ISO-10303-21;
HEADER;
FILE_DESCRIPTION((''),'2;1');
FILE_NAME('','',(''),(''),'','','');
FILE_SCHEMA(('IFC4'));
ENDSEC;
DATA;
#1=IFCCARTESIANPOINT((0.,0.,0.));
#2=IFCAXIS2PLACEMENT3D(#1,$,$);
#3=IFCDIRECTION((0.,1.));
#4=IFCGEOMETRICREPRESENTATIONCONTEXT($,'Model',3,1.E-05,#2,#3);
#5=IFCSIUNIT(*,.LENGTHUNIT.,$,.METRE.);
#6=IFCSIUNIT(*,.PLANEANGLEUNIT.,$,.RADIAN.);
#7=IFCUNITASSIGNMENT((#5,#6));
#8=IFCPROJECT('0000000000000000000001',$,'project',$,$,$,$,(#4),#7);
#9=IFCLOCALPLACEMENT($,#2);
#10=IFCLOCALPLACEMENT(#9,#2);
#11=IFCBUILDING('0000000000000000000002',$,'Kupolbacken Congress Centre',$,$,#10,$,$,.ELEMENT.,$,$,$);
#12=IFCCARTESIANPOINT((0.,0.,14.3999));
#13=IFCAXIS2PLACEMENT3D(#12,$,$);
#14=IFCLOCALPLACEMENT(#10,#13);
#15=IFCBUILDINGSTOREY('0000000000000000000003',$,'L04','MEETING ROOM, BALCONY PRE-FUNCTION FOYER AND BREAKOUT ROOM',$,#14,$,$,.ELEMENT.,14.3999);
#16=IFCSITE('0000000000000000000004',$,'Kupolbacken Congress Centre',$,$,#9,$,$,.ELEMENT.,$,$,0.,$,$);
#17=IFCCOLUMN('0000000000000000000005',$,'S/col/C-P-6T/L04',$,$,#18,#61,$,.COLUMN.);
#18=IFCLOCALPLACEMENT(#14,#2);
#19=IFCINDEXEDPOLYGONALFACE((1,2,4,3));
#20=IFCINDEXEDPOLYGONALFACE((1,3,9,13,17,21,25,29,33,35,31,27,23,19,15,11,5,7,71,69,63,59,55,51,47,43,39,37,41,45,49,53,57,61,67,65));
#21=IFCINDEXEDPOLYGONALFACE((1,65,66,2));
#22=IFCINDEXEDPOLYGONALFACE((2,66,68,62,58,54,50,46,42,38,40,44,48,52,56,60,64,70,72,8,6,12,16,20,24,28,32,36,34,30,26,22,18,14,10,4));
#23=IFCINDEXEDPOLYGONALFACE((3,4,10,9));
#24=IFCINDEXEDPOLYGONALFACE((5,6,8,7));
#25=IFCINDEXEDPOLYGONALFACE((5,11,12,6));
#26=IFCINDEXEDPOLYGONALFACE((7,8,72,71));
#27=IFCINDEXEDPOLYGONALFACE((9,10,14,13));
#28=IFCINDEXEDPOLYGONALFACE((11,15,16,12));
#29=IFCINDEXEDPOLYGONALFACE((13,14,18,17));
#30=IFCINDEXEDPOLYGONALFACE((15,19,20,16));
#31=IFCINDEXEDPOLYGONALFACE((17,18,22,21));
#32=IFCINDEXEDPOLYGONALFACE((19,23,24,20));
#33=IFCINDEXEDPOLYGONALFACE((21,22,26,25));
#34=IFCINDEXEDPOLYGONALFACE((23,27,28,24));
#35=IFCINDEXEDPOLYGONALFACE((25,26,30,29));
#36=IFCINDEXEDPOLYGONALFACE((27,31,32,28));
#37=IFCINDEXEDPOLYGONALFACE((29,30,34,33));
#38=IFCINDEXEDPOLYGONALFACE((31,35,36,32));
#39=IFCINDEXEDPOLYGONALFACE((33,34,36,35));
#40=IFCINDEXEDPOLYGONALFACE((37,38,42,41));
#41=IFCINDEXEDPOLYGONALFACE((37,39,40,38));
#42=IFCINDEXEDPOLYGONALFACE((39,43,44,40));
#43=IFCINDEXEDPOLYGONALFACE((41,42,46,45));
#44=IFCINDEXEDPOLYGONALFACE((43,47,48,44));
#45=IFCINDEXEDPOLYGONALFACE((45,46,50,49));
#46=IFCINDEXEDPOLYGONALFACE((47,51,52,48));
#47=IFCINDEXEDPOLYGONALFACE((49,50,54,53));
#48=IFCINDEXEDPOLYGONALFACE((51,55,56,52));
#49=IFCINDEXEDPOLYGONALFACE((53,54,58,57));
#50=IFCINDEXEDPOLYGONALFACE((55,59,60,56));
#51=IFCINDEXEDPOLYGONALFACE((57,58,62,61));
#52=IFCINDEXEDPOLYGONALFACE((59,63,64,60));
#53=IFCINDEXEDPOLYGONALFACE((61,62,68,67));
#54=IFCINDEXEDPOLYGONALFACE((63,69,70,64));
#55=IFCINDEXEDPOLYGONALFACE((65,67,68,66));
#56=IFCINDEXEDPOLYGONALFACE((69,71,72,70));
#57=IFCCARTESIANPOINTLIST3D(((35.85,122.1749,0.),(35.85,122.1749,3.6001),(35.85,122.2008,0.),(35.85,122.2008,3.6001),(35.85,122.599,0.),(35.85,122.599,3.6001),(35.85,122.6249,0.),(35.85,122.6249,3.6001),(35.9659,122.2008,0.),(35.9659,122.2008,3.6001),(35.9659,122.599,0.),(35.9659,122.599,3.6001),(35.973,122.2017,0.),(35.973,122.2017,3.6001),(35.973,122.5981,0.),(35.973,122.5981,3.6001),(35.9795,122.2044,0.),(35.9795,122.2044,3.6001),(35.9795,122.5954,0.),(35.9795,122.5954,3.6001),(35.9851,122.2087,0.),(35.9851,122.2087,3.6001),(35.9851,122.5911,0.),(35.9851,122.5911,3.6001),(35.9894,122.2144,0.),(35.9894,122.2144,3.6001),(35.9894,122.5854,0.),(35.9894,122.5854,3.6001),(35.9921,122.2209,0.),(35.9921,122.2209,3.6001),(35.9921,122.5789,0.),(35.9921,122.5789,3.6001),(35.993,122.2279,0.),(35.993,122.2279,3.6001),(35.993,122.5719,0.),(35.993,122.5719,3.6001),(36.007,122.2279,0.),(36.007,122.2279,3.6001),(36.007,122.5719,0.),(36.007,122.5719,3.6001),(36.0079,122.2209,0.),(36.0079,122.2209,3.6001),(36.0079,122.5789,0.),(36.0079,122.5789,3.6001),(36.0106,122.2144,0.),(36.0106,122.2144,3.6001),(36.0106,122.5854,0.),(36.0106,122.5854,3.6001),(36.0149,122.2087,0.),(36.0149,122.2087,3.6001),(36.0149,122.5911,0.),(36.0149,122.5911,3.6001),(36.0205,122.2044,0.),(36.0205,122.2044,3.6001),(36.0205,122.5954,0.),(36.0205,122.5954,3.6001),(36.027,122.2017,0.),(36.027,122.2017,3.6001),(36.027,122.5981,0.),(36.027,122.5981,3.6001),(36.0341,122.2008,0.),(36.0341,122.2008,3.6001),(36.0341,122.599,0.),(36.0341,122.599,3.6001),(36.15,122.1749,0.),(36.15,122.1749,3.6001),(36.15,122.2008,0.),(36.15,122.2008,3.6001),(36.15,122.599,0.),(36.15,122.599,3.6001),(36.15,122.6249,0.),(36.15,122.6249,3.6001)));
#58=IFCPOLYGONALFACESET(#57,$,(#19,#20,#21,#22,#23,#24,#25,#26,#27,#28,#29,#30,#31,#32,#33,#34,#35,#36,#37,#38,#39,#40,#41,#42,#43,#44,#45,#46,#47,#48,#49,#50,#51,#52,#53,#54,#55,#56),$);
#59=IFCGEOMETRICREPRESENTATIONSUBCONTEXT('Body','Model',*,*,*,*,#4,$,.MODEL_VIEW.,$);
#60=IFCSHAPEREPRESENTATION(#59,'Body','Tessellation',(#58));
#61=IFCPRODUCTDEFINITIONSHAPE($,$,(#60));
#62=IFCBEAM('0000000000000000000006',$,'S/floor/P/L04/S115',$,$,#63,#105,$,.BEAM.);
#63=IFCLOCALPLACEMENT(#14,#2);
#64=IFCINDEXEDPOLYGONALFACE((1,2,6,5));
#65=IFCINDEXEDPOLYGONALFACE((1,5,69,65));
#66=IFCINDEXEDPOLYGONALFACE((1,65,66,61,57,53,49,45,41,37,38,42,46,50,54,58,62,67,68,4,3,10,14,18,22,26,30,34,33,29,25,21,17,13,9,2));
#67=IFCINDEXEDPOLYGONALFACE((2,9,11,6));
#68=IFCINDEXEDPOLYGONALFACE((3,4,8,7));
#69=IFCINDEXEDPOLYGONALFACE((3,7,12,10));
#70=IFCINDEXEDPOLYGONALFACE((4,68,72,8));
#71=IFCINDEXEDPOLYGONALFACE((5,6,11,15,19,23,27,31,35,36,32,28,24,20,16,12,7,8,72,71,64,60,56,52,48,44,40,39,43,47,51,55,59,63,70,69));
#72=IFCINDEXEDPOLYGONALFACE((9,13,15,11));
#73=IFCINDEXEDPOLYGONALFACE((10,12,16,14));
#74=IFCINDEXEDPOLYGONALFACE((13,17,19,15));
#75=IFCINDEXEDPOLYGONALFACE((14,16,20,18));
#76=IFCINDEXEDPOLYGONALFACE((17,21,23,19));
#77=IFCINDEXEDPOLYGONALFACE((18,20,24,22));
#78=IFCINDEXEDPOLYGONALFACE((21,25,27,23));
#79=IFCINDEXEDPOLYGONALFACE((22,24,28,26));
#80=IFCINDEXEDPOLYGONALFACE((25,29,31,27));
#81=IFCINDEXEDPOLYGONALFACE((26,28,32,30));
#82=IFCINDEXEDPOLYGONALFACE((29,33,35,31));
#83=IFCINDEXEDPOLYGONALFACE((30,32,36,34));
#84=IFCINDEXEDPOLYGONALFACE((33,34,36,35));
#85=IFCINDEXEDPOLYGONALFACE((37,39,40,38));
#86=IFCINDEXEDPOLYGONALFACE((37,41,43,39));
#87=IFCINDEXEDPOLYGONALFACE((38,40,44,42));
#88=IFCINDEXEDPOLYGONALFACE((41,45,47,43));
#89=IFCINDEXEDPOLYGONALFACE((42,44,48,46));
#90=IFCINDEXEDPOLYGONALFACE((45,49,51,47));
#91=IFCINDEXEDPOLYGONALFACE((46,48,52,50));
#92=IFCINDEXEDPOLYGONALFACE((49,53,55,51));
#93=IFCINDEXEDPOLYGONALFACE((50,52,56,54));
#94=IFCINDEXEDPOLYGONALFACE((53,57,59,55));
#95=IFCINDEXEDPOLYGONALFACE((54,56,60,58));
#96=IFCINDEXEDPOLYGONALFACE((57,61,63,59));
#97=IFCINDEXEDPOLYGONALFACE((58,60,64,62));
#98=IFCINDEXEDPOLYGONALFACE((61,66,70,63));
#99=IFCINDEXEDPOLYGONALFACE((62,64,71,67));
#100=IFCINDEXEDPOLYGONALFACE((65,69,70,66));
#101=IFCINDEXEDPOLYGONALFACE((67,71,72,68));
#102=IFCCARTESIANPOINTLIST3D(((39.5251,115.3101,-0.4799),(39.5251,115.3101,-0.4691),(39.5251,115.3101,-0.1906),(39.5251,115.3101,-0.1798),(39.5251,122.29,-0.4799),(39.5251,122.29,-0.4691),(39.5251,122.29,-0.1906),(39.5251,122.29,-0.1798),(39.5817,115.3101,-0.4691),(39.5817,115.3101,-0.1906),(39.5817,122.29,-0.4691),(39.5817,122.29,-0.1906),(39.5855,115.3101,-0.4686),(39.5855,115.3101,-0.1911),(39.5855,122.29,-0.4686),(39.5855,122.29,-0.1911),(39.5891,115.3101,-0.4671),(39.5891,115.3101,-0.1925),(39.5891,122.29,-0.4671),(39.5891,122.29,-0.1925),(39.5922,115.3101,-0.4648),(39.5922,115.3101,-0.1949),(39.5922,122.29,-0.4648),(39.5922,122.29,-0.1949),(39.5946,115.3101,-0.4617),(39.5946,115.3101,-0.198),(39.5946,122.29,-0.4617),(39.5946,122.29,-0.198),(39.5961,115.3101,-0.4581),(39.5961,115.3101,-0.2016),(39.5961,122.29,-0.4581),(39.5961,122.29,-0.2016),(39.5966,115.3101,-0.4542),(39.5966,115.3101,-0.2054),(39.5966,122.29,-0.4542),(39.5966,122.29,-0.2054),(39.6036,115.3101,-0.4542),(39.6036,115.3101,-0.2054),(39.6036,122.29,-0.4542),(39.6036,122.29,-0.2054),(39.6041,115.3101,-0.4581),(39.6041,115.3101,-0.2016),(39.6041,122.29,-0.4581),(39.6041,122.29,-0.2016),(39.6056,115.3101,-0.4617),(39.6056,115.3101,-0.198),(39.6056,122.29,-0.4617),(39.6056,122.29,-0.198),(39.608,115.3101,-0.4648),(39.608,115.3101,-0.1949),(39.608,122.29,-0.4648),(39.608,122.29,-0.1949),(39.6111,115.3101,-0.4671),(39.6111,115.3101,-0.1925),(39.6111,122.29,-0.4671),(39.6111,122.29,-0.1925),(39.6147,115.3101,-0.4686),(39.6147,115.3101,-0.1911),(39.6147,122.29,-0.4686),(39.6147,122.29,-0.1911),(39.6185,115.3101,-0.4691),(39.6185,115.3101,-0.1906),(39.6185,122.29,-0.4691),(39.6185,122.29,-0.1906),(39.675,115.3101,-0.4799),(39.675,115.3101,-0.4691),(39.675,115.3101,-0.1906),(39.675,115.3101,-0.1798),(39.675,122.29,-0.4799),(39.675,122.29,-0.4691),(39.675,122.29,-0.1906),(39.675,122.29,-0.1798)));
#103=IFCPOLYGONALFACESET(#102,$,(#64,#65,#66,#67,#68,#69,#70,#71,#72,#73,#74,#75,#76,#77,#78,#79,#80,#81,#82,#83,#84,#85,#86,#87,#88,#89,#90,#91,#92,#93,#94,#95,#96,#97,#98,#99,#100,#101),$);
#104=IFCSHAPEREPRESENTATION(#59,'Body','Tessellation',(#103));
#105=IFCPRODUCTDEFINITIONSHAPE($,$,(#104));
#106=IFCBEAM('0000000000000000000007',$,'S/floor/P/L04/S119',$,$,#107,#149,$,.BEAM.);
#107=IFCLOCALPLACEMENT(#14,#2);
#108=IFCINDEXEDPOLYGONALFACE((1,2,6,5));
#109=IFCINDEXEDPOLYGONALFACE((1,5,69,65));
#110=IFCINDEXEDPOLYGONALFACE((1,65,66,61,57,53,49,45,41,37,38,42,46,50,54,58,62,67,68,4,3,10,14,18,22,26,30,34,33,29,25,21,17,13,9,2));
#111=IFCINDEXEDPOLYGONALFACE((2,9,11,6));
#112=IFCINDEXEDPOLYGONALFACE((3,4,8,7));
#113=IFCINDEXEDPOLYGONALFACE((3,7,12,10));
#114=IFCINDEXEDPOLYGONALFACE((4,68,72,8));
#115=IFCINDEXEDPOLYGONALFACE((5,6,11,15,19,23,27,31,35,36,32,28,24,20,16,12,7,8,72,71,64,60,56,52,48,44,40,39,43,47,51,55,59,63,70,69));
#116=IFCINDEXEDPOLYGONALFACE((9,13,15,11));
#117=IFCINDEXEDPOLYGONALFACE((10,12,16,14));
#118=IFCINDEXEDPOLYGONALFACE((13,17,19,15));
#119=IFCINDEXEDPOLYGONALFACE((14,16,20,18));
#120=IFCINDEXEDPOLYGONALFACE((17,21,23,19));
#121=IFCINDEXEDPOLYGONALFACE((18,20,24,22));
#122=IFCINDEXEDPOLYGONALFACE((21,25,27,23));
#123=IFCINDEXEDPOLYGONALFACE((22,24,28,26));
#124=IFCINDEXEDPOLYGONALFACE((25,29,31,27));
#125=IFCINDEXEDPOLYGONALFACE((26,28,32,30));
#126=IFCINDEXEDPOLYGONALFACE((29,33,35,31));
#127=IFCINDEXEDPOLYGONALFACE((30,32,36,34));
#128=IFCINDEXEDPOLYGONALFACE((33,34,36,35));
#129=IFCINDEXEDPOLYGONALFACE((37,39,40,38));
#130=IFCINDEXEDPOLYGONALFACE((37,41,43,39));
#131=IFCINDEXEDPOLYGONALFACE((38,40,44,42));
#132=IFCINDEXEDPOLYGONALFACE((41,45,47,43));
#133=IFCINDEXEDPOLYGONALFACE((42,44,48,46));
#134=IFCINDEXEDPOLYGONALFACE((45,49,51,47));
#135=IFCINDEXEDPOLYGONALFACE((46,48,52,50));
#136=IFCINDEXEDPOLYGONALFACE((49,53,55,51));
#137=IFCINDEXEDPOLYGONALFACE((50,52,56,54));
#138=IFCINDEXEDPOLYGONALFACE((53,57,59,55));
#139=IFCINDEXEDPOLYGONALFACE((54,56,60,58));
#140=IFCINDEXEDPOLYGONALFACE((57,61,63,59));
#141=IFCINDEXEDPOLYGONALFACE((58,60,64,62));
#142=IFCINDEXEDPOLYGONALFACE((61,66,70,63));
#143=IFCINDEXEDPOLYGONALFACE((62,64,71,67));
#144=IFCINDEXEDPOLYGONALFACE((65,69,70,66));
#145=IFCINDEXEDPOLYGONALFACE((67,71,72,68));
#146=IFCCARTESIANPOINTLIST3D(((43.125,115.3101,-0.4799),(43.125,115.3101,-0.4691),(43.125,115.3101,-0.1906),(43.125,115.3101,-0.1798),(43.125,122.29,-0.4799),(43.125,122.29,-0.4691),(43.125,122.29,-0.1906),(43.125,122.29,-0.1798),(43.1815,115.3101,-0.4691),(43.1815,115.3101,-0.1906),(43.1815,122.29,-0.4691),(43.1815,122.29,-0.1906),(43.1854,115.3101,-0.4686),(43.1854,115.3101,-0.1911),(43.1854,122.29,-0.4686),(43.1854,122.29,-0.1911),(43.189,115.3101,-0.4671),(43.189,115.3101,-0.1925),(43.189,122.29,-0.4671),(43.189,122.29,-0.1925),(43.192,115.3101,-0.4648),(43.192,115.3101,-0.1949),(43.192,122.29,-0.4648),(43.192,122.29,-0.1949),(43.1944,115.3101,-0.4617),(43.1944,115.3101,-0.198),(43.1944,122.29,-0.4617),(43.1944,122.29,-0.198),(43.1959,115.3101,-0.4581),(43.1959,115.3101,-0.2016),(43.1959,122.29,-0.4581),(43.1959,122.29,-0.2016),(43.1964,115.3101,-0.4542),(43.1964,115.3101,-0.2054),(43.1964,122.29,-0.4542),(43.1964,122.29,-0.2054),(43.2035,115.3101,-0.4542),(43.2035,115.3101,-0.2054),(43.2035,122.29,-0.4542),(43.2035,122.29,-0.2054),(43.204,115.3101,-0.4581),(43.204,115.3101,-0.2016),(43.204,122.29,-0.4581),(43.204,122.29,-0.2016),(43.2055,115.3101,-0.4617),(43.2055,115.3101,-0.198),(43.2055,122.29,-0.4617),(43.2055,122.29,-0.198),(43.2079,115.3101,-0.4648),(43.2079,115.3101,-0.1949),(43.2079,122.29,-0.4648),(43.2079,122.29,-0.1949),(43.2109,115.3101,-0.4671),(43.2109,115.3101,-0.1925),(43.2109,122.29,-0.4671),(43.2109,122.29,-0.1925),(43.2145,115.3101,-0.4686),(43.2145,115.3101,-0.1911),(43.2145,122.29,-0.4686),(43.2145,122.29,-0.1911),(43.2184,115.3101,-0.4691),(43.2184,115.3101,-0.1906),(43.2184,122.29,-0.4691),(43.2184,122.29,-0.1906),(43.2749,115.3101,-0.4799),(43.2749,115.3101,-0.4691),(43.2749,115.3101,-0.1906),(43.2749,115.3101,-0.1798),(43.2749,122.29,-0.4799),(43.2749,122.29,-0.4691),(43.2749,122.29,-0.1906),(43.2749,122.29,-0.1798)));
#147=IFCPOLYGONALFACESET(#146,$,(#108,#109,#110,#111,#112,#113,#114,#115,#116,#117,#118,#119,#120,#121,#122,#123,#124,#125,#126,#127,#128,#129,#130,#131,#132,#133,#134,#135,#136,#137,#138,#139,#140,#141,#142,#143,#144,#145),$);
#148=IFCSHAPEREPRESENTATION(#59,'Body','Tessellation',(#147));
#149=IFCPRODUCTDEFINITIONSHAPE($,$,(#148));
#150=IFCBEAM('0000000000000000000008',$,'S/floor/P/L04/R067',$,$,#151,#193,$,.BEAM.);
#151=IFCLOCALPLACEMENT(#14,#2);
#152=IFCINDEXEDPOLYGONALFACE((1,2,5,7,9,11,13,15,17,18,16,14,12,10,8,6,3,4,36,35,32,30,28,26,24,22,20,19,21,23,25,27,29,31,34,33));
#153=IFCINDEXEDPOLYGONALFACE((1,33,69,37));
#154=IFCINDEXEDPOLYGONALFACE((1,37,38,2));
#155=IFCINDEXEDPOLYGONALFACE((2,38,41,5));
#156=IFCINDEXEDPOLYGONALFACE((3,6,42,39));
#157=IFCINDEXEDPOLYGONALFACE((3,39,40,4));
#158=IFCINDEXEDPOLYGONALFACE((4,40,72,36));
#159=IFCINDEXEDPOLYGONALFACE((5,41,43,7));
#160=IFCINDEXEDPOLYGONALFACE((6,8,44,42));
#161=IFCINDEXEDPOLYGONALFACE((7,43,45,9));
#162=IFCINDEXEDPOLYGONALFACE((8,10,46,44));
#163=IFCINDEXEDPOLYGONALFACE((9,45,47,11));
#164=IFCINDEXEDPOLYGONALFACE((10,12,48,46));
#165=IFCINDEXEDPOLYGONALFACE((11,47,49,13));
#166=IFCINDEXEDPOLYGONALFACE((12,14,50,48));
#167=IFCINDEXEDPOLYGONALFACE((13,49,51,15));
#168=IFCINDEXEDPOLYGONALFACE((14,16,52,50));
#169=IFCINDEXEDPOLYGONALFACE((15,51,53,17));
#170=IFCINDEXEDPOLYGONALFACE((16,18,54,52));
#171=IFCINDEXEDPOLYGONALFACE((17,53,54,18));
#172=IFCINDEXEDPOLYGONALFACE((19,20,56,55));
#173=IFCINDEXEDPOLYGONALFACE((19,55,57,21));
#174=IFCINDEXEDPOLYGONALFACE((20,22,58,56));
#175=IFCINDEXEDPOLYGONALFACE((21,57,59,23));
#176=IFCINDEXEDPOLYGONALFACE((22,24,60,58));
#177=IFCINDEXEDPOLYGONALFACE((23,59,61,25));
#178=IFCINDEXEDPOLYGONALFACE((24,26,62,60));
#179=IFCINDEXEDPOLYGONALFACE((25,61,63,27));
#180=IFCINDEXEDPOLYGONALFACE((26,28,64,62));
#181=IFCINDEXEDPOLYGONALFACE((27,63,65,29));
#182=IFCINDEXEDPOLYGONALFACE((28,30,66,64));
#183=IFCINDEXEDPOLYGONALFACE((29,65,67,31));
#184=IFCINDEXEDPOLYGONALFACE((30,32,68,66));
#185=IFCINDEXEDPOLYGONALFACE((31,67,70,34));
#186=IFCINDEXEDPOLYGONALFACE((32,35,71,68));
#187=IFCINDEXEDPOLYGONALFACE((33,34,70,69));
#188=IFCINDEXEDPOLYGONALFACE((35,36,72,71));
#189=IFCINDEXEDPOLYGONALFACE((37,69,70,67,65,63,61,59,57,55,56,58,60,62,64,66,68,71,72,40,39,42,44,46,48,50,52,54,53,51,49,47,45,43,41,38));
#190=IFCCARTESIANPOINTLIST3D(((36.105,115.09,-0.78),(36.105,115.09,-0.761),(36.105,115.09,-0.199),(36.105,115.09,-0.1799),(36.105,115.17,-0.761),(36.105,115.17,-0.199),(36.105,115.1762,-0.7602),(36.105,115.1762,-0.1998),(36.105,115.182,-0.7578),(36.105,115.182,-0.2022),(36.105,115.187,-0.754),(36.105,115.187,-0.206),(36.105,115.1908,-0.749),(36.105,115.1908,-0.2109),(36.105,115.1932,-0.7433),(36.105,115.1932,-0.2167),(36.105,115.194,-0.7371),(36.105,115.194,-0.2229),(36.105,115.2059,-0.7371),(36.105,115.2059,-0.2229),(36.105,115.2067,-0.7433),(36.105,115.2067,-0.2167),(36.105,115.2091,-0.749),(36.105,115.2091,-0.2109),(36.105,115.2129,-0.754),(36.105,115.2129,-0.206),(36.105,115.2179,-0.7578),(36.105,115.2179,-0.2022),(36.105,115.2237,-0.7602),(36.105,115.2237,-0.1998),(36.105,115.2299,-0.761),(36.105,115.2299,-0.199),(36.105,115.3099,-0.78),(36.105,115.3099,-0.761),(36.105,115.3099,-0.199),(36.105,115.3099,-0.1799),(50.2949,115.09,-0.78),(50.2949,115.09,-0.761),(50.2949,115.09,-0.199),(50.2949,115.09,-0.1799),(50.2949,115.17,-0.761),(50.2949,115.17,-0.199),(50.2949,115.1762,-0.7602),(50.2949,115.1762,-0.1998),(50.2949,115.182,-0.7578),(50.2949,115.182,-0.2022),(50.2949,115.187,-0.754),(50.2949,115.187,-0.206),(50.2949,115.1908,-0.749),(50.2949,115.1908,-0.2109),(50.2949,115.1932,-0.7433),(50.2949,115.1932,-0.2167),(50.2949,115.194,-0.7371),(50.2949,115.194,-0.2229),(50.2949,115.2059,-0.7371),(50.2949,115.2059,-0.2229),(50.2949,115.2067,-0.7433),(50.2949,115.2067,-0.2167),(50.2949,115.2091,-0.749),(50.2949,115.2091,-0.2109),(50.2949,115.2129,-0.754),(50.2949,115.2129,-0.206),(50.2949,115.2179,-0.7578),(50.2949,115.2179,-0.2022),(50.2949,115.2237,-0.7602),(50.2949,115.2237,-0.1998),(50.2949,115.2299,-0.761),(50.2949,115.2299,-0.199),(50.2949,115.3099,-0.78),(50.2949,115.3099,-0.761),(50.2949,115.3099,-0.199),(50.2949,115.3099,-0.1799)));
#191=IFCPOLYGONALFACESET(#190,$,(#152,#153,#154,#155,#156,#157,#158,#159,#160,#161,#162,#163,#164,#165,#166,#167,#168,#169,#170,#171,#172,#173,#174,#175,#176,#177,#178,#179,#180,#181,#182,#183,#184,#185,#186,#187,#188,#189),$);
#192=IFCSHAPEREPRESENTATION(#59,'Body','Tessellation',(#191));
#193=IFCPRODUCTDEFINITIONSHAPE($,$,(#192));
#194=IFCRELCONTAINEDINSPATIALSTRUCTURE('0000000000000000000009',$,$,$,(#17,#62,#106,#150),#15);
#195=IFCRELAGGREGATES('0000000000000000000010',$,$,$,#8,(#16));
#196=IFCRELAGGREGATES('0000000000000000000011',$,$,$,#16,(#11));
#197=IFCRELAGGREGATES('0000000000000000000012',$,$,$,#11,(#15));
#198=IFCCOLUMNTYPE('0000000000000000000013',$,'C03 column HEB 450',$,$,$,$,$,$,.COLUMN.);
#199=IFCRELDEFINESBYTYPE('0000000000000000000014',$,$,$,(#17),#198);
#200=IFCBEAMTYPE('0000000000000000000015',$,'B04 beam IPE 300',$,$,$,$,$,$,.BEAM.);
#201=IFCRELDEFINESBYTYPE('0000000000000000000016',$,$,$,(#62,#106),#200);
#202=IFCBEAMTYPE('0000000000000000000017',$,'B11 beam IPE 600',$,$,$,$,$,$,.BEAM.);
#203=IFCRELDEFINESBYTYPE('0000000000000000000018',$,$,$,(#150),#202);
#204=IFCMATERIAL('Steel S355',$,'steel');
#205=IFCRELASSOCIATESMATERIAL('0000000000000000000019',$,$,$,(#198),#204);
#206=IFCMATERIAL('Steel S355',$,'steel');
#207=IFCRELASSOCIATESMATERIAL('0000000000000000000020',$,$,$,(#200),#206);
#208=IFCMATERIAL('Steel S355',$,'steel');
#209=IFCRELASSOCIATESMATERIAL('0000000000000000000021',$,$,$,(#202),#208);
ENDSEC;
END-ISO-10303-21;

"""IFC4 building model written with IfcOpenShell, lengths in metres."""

from ifc_helpers import new_model, si_unit, direction, frame, origin, origin_2d, place, context, subcontext, project, spatial, i_section, extrude, material, material_profile, profile_set, type_object, element, save


model = new_model("IFC4")

# Units and contexts
model_context = context("Model", 3, precision=1e-05, world=origin(), true_north=direction((0.0, 1.0)))
body_context = subcontext(model_context, "Body", "Model", "MODEL_VIEW")
ifc_project = project(units=[si_unit("LENGTHUNIT", "METRE"), si_unit("PLANEANGLEUNIT", "RADIAN")], contexts=[model_context])

# Site, building, storey
site_placement = place(None, origin())
site = spatial("IfcSite", under=ifc_project, at=site_placement, Name="Kupolbacken Congress Centre", CompositionType="ELEMENT", RefElevation=0.0)
building_placement = place(site_placement, origin())
building = spatial("IfcBuilding", under=site, at=building_placement, Name="Kupolbacken Congress Centre", CompositionType="ELEMENT")
storey_placement = place(building_placement, frame((0.0, 0.0, 14.3999)))
storey = spatial("IfcBuildingStorey", under=building, at=storey_placement, Name="L04", Description="MEETING ROOM, BALCONY PRE-FUNCTION FOYER AND BREAKOUT ROOM", CompositionType="ELEMENT", Elevation=14.3999)

# Column
ifc_material_1 = material(Name="Steel S355", Category="steel")
ifc_material_profile_1 = material_profile(ifc_material_1, i_section(OverallWidth=0.3, OverallDepth=0.45, WebThickness=0.0139, FlangeThickness=0.0259, FilletRadius=0.0271, at=origin_2d()), Name="HEB 450")
ifc_profile_set_1 = profile_set([ifc_material_profile_1], Name="Steel S355")
column_type = type_object("IfcColumnType", Name="C03 column HEB 450", PredefinedType="COLUMN", material=ifc_profile_set_1)
column_placement = place(storey_placement, frame((36.0, 122.3999, 0.0), z_axis=(0.0, 0.0, 1.0), x_axis=(1.0, 0.0, 0.0)))
element("IfcColumn", 1, at=column_placement, inside=storey, type_object=column_type, Name="S/col/C-P-6T/L04", PredefinedType="COLUMN", context=body_context, shape_type="SweptSolid", body=[
    extrude(i_section(OverallWidth=0.3, OverallDepth=0.45, WebThickness=0.0139, FlangeThickness=0.0259, FilletRadius=0.0271, at=origin_2d()), origin(), (0.0, 0.0, 1.0), 3.6001),
])

# Beams
ifc_material_2 = material(Name="Steel S355", Category="steel")
ifc_material_profile_2 = material_profile(ifc_material_2, i_section(OverallWidth=0.1499, OverallDepth=0.3, WebThickness=0.0071, FlangeThickness=0.0107, FilletRadius=0.0149, at=origin_2d()), Name="IPE 300")
ifc_profile_set_2 = profile_set([ifc_material_profile_2], Name="Steel S355")
beam_type_1 = type_object("IfcBeamType", Name="B04 beam IPE 300", PredefinedType="BEAM", material=ifc_profile_set_2)
for number, where, z_axis, x_axis, name in (
    (2, (39.6001, 115.3101, -0.3298), (0.0, 1.0, 0.0), (-1.0, 0.0, 0.0), "S/floor/P/L04/S115"),
    (3, (43.2, 115.3101, -0.3298), (0.0, 1.0, 0.0), (-1.0, 0.0, 0.0), "S/floor/P/L04/S119"),
):
    element("IfcBeam", number, at=place(storey_placement, frame(where, z_axis=z_axis, x_axis=x_axis)), inside=storey, type_object=beam_type_1, Name=name, PredefinedType="BEAM", context=body_context, shape_type="SweptSolid", body=[
        extrude(i_section(OverallWidth=0.1499, OverallDepth=0.3, WebThickness=0.0071, FlangeThickness=0.0107, FilletRadius=0.0149, at=origin_2d()), origin(), (0.0, 0.0, 1.0), 6.98),
    ])
ifc_material_3 = material(Name="Steel S355", Category="steel")
ifc_material_profile_3 = material_profile(ifc_material_3, i_section(OverallWidth=0.22, OverallDepth=0.6001, WebThickness=0.012, FlangeThickness=0.019, FilletRadius=0.0239, at=origin_2d()), Name="IPE 600")
ifc_profile_set_3 = profile_set([ifc_material_profile_3], Name="Steel S355")
beam_type_2 = type_object("IfcBeamType", Name="B11 beam IPE 600", PredefinedType="BEAM", material=ifc_profile_set_3)
beam_1_placement = place(storey_placement, frame((36.105, 115.2, -0.48), z_axis=(1.0, 0.0, 0.0), x_axis=(0.0, 1.0, 0.0)))
element("IfcBeam", 4, at=beam_1_placement, inside=storey, type_object=beam_type_2, Name="S/floor/P/L04/R067", PredefinedType="BEAM", context=body_context, shape_type="SweptSolid", body=[
    extrude(i_section(OverallWidth=0.22, OverallDepth=0.6001, WebThickness=0.012, FlangeThickness=0.019, FilletRadius=0.0239, at=origin_2d()), origin(), (0.0, 0.0, 1.0), 14.1899),
])

save(model, "model.ifc")
